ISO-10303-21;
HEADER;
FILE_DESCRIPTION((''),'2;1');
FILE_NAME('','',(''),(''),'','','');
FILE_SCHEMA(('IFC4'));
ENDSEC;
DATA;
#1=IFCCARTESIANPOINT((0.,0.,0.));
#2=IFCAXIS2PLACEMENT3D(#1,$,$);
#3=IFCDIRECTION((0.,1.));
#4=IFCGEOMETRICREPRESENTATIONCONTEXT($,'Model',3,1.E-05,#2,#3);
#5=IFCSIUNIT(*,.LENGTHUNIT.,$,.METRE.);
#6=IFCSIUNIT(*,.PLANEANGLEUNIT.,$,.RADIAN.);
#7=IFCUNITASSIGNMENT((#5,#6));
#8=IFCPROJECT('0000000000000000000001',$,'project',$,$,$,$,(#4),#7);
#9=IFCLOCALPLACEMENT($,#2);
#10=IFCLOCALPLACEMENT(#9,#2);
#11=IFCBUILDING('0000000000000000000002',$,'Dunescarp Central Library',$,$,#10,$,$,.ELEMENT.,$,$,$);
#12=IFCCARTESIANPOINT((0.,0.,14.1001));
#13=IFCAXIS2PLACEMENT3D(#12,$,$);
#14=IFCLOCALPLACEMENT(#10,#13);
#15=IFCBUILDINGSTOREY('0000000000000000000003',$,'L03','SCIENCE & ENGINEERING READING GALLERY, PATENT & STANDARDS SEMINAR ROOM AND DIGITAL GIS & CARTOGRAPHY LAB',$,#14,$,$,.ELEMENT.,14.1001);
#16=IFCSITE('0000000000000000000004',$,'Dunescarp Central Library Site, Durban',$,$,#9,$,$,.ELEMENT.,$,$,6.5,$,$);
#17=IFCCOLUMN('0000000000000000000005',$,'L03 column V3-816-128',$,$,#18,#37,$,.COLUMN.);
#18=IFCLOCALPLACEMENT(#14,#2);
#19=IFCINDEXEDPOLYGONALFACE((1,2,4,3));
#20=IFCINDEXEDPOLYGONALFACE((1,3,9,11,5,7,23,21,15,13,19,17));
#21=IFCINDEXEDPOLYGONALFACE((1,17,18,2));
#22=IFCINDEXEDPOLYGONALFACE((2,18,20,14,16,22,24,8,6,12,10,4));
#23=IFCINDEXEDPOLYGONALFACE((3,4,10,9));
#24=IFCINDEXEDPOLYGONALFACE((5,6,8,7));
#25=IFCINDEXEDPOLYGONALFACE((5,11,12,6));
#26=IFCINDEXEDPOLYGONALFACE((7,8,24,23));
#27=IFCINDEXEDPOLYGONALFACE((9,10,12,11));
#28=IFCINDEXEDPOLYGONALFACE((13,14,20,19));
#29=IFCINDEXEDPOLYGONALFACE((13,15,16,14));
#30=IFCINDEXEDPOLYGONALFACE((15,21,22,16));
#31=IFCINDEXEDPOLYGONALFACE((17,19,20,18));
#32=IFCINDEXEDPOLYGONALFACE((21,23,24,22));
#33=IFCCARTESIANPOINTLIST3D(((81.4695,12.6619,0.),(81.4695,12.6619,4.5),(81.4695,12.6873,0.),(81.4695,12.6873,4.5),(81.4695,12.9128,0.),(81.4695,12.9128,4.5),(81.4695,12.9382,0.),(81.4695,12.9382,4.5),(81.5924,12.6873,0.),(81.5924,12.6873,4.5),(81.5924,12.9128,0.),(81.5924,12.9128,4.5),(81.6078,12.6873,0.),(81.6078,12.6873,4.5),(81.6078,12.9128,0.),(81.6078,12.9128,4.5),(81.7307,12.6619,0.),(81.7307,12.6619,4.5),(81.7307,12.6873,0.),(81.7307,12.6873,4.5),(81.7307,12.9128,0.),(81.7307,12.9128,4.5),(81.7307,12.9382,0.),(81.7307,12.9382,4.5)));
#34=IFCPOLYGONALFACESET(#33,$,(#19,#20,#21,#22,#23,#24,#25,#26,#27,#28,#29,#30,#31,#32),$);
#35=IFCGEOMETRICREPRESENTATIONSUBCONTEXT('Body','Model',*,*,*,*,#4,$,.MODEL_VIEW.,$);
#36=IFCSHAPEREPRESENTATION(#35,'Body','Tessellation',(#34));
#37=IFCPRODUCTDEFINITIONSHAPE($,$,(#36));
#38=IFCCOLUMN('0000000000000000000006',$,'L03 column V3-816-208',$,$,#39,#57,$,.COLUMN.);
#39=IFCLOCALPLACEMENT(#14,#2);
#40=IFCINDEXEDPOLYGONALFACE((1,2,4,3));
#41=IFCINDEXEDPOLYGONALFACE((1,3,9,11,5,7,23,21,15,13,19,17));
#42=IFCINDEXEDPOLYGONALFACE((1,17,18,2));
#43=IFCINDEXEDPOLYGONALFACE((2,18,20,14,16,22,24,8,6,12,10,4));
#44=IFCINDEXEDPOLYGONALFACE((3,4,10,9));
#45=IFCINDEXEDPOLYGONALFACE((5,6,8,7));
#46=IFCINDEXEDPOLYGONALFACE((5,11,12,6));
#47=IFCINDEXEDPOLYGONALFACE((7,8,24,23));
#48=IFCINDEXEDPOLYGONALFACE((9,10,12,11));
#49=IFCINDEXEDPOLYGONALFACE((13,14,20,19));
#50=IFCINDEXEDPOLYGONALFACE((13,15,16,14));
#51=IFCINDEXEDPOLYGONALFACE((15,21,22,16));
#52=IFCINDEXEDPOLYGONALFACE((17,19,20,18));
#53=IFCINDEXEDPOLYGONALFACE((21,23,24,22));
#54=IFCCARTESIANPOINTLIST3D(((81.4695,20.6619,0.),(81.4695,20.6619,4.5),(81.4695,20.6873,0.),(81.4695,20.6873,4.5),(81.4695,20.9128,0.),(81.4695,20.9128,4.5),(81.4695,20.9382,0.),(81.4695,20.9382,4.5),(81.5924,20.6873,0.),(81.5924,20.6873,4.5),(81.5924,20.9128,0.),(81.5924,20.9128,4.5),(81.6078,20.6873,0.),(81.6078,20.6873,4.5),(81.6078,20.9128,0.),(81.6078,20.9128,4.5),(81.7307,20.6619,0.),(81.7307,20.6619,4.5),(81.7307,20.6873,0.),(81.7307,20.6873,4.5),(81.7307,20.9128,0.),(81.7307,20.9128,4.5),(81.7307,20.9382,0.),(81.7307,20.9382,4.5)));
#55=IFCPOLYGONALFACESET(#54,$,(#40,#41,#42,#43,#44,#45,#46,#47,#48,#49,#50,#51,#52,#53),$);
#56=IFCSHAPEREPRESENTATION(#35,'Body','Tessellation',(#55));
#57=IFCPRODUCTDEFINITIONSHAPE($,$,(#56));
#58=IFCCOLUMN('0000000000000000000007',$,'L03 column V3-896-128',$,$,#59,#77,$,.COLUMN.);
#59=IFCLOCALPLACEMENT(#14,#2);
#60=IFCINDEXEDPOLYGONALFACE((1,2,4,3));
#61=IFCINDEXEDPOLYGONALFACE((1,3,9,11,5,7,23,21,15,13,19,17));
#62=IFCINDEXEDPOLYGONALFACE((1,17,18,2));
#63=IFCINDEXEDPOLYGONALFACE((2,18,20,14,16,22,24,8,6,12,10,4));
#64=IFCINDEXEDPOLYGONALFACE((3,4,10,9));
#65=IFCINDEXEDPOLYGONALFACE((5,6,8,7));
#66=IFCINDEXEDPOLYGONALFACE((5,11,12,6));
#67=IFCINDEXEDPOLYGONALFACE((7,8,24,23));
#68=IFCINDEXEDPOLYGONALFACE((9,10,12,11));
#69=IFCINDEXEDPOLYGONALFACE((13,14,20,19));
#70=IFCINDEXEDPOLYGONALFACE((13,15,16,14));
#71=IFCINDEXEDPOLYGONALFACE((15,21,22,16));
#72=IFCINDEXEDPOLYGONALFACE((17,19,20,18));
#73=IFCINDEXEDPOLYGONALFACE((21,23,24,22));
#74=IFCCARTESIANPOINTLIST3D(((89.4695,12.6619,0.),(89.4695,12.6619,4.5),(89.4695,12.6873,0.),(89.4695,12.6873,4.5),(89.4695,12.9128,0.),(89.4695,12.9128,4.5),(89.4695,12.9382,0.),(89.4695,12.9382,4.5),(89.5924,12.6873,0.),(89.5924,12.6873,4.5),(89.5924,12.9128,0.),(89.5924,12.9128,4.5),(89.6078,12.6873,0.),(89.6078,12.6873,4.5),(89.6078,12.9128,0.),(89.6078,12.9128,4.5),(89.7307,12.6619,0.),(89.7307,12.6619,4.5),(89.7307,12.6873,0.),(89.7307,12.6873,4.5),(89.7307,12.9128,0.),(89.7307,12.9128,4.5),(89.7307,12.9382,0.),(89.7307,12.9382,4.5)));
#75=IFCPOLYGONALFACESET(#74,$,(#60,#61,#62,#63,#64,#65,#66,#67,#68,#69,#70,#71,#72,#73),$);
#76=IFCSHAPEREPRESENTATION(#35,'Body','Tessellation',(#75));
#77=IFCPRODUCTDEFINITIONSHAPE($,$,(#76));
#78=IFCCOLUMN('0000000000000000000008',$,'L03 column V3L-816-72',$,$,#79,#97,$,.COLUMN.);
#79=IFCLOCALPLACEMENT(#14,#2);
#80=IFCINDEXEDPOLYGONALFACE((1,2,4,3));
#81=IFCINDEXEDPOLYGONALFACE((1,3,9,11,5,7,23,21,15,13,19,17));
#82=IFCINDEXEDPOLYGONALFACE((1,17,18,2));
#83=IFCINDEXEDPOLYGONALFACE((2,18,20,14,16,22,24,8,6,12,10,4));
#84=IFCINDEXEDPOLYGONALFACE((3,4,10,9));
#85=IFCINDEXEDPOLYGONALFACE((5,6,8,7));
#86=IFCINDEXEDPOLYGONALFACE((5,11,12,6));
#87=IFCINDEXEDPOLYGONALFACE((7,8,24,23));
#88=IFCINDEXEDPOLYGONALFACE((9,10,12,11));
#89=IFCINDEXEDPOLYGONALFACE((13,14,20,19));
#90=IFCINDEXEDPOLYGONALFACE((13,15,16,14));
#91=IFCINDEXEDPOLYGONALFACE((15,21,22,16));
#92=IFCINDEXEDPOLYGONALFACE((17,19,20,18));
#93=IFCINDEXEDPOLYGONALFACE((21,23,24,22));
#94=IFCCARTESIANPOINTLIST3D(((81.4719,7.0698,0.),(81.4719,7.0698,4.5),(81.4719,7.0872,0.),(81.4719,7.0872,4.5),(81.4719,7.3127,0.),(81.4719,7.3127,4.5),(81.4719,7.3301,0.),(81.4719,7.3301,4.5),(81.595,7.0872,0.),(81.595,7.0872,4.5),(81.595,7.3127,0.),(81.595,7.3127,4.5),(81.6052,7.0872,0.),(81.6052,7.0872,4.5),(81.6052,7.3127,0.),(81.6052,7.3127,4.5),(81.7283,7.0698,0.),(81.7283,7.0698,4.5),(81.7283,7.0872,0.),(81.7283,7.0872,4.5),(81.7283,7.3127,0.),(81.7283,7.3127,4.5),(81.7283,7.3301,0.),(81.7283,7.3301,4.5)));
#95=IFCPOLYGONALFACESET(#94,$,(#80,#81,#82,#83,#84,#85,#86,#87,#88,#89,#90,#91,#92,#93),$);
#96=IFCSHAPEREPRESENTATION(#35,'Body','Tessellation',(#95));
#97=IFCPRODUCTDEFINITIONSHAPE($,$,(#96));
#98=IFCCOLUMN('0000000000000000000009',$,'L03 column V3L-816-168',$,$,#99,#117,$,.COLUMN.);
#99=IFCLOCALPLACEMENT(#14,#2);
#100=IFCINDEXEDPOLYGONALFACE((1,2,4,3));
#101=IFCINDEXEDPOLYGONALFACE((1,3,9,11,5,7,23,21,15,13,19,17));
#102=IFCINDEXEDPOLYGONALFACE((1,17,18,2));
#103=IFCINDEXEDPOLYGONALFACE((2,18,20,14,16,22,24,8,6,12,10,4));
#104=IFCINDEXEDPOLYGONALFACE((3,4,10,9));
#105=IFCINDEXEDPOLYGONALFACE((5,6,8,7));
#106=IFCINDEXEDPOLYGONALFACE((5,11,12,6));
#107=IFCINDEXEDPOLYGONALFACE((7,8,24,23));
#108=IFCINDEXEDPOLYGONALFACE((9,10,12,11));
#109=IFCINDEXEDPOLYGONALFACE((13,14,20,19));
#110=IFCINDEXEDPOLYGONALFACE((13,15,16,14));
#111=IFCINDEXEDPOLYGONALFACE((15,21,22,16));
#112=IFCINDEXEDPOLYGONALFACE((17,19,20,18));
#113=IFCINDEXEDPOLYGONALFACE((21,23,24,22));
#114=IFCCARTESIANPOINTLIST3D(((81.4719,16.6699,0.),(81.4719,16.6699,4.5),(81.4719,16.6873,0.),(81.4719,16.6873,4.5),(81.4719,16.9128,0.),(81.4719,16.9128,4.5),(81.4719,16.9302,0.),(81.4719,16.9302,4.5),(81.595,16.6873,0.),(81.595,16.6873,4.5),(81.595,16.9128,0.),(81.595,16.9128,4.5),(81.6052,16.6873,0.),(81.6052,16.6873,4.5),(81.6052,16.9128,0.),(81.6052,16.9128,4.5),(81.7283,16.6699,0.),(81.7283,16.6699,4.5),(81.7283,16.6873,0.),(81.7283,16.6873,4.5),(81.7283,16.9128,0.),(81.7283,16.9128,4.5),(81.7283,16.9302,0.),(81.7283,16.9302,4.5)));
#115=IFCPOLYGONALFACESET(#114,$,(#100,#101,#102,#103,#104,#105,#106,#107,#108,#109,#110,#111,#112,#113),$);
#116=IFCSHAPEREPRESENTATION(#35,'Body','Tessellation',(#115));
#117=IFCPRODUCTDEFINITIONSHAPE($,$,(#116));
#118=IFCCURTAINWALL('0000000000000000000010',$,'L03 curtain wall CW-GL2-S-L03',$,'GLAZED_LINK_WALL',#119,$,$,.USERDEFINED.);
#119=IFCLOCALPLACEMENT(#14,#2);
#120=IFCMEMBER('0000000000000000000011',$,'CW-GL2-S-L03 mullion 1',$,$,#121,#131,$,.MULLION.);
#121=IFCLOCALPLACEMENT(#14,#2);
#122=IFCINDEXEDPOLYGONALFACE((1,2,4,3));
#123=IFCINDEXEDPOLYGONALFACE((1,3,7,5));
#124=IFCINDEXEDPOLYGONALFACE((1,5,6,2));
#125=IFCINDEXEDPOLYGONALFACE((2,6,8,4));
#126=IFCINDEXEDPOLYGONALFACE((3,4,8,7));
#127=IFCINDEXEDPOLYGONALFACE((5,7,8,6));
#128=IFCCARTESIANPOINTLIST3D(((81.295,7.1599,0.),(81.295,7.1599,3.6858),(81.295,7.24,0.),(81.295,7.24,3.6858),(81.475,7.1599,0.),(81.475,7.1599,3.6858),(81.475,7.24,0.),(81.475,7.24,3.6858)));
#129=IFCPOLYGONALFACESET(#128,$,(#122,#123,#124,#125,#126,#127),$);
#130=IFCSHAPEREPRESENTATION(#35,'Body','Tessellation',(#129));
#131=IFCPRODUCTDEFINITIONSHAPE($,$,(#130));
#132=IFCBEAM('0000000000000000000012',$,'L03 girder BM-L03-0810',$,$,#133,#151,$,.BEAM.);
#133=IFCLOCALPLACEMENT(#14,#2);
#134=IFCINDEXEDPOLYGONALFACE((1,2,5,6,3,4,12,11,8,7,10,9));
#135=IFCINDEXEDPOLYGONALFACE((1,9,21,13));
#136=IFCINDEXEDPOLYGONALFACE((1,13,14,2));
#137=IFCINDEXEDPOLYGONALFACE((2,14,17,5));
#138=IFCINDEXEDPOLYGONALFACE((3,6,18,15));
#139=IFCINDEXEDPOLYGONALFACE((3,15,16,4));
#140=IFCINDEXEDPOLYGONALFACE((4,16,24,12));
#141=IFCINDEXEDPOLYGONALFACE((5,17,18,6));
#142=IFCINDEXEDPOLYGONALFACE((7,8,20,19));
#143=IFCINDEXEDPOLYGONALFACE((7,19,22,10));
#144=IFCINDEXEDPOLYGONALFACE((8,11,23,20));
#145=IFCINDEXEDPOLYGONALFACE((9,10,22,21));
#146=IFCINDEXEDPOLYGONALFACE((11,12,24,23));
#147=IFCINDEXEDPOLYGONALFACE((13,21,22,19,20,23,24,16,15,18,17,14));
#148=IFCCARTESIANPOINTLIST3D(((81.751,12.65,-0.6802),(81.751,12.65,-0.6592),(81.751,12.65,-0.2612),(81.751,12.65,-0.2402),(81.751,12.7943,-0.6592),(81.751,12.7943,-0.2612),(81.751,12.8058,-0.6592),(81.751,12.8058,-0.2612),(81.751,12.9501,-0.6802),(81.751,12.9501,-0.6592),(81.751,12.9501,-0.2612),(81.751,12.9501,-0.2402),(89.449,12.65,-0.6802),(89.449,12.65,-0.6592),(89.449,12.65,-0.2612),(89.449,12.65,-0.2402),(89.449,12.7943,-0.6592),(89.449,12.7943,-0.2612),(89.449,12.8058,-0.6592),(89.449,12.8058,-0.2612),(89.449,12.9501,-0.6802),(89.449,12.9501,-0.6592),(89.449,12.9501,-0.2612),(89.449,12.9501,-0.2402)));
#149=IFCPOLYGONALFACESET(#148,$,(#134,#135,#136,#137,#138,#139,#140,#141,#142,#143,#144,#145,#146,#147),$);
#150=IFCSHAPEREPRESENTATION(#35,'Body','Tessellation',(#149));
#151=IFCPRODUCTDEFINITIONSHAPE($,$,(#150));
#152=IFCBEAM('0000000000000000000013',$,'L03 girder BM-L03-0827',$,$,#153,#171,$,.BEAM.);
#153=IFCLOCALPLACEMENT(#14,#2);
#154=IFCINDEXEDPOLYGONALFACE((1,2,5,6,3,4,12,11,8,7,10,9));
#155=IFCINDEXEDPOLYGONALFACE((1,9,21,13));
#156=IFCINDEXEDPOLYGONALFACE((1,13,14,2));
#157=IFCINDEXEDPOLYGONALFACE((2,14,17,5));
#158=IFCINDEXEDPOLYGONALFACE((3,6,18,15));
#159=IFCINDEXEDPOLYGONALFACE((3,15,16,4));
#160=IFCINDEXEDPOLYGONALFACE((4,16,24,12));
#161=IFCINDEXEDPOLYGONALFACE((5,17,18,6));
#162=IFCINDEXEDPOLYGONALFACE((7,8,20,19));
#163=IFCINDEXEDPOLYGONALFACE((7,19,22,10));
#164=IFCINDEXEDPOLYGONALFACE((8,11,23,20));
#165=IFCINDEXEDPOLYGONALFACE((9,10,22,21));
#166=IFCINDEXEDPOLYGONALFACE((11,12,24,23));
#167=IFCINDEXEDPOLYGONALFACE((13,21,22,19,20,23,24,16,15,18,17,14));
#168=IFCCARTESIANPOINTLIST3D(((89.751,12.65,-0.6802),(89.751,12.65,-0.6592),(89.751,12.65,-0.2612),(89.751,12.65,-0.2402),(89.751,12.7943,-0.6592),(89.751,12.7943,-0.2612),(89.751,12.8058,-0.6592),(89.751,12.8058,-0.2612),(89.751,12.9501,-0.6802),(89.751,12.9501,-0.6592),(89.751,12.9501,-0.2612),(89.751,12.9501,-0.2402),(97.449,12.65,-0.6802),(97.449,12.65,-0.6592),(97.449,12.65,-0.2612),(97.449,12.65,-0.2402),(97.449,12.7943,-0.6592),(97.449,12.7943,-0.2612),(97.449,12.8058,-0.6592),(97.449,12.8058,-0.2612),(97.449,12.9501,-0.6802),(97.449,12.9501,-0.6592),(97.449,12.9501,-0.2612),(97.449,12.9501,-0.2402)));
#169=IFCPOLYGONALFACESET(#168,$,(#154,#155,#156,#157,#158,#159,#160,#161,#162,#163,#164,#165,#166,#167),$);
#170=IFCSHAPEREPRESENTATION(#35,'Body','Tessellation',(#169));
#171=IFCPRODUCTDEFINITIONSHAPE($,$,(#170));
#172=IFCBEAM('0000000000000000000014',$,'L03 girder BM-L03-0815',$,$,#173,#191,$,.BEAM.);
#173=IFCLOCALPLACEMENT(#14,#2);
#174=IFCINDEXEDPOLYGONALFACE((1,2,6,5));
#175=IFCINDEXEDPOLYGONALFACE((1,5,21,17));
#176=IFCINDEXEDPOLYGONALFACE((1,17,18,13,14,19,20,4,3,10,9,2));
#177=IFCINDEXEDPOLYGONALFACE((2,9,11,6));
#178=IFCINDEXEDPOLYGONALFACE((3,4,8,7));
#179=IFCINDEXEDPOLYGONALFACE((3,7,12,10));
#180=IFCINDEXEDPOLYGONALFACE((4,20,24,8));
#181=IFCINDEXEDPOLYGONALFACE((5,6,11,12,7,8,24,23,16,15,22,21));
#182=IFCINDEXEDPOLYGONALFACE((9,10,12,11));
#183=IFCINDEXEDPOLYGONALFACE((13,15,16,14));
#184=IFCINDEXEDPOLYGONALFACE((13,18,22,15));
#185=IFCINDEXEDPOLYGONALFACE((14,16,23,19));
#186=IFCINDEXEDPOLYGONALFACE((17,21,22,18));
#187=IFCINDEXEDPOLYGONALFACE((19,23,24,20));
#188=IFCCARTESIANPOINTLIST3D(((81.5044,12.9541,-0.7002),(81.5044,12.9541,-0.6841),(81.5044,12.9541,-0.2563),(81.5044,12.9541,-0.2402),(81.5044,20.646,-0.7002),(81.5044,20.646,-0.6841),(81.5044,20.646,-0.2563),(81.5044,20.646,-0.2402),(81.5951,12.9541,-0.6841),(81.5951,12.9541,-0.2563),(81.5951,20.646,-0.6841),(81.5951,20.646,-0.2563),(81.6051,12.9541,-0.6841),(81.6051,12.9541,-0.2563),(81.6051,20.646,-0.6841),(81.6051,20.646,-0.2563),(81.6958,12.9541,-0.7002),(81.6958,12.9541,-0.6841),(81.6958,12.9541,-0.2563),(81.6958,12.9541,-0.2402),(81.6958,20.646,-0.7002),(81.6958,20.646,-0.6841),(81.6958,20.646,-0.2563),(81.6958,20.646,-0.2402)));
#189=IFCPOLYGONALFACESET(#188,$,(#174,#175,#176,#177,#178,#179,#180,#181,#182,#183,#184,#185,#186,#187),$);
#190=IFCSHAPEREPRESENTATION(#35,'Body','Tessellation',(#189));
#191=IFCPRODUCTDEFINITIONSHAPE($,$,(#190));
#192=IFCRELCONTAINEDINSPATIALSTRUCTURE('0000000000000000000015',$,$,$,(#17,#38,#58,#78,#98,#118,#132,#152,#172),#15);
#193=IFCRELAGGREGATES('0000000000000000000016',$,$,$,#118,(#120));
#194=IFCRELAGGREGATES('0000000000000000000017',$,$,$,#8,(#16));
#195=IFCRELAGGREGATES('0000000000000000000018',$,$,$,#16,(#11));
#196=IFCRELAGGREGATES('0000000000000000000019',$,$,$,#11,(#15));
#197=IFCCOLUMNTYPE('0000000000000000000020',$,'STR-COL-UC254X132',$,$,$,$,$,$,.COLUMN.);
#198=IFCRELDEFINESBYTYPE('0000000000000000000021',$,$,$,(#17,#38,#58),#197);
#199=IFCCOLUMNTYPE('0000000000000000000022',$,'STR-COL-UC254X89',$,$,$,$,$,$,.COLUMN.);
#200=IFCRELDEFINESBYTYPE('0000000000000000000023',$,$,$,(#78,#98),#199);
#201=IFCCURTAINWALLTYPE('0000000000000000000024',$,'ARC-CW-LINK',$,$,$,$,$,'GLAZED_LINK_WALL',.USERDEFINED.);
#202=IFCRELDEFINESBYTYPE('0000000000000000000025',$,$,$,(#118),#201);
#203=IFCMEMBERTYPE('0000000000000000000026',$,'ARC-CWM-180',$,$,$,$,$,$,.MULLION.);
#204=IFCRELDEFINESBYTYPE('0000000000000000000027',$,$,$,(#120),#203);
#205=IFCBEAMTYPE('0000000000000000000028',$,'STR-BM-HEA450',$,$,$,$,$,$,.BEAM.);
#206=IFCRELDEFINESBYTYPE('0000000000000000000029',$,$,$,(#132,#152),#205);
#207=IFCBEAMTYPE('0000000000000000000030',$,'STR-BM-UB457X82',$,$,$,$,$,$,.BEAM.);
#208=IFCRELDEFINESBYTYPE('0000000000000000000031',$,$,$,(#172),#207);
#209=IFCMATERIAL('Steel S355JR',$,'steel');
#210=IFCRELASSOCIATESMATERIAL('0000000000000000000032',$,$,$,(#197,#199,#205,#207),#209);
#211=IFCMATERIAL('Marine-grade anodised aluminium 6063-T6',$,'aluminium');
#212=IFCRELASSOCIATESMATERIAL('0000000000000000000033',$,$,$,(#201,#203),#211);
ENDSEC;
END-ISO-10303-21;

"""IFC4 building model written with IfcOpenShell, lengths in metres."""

from ifc_helpers import new_model, si_unit, direction, frame, origin, origin_2d, place, context, subcontext, project, spatial, rectangle, i_section, extrude, material, material_profile, profile_set, type_object, element, aggregate, save


model = new_model("IFC4")

# Units and contexts
model_context = context("Model", 3, precision=1e-05, world=origin(), true_north=direction((0.0, 1.0)))
body_context = subcontext(model_context, "Body", "Model", "MODEL_VIEW")
ifc_project = project(units=[si_unit("LENGTHUNIT", "METRE"), si_unit("PLANEANGLEUNIT", "RADIAN")], contexts=[model_context])

# Site, building, storey
site_placement = place(None, origin())
site = spatial("IfcSite", under=ifc_project, at=site_placement, Name="Dunescarp Central Library Site, Durban", CompositionType="ELEMENT", RefElevation=6.5)
building_placement = place(site_placement, origin())
building = spatial("IfcBuilding", under=site, at=building_placement, Name="Dunescarp Central Library", CompositionType="ELEMENT")
storey_placement = place(building_placement, frame((0.0, 0.0, 14.1001)))
storey = spatial("IfcBuildingStorey", under=building, at=storey_placement, Name="L03", Description="SCIENCE & ENGINEERING READING GALLERY, PATENT & STANDARDS SEMINAR ROOM AND DIGITAL GIS & CARTOGRAPHY LAB", CompositionType="ELEMENT", Elevation=14.1001)

# Columns
ifc_material_1 = material(Name="Steel S355JR", Category="steel")
ifc_material_profile_1 = material_profile(ifc_material_1, i_section(OverallWidth=0.2612, OverallDepth=0.2764, WebThickness=0.0154, FlangeThickness=0.0254, at=origin_2d()), Name="UC 254x254x132")
ifc_profile_set_1 = profile_set([ifc_material_profile_1], Name="Steel S355JR")
column_type_1 = type_object("IfcColumnType", Name="STR-COL-UC254X132", PredefinedType="COLUMN", material=ifc_profile_set_1)
for number, where, z_axis, x_axis, name in (
    (1, (81.6001, 12.8, 0.0), (0.0, 0.0, 1.0), (1.0, 0.0, 0.0), "L03 column V3-816-128"),
    (2, (81.6001, 20.8, 0.0), (0.0, 0.0, 1.0), (1.0, 0.0, 0.0), "L03 column V3-816-208"),
    (3, (89.6001, 12.8, 0.0), (0.0, 0.0, 1.0), (1.0, 0.0, 0.0), "L03 column V3-896-128"),
):
    element("IfcColumn", number, at=place(storey_placement, frame(where, z_axis=z_axis, x_axis=x_axis)), inside=storey, type_object=column_type_1, Name=name, PredefinedType="COLUMN", context=body_context, shape_type="SweptSolid", body=[
        extrude(i_section(OverallWidth=0.2612, OverallDepth=0.2764, WebThickness=0.0154, FlangeThickness=0.0254, at=origin_2d()), origin(), (0.0, 0.0, 1.0), 4.5),
    ])
ifc_material_profile_2 = material_profile(ifc_material_1, i_section(OverallWidth=0.2563, OverallDepth=0.2603, WebThickness=0.0103, FlangeThickness=0.0173, at=origin_2d()), Name="UC 254x254x89")
ifc_profile_set_2 = profile_set([ifc_material_profile_2], Name="Steel S355JR")
column_type_2 = type_object("IfcColumnType", Name="STR-COL-UC254X89", PredefinedType="COLUMN", material=ifc_profile_set_2)
for number, where, z_axis, x_axis, name in (
    (4, (81.6001, 7.2, 0.0), (0.0, 0.0, 1.0), (1.0, 0.0, 0.0), "L03 column V3L-816-72"),
    (5, (81.6001, 16.8, 0.0), (0.0, 0.0, 1.0), (1.0, 0.0, 0.0), "L03 column V3L-816-168"),
):
    element("IfcColumn", number, at=place(storey_placement, frame(where, z_axis=z_axis, x_axis=x_axis)), inside=storey, type_object=column_type_2, Name=name, PredefinedType="COLUMN", context=body_context, shape_type="SweptSolid", body=[
        extrude(i_section(OverallWidth=0.2563, OverallDepth=0.2603, WebThickness=0.0103, FlangeThickness=0.0173, at=origin_2d()), origin(), (0.0, 0.0, 1.0), 4.5),
    ])

# Curtain wall, member
ifc_material_2 = material(Name="Marine-grade anodised aluminium 6063-T6", Category="aluminium")
curtain_wall_type = type_object("IfcCurtainWallType", Name="ARC-CW-LINK", ElementType="GLAZED_LINK_WALL", PredefinedType="USERDEFINED", material=ifc_material_2)
curtain_wall_placement = place(storey_placement, origin())
curtain_wall = element("IfcCurtainWall", 6, at=curtain_wall_placement, inside=storey, type_object=curtain_wall_type, Name="L03 curtain wall CW-GL2-S-L03", ObjectType="GLAZED_LINK_WALL", PredefinedType="USERDEFINED")
ifc_material_profile_3 = material_profile(ifc_material_2, rectangle(XDim=0.0801, YDim=0.1799, at=origin_2d()), Name="AL 80x180")
ifc_profile_set_3 = profile_set([ifc_material_profile_3], Name="Marine-grade anodised aluminium 6063-T6")
member_type_1 = type_object("IfcMemberType", Name="ARC-CWM-180", PredefinedType="MULLION", material=ifc_profile_set_3)
member_1_placement = place(storey_placement, frame((81.385, 7.2, 0.0), z_axis=(0.0, 0.0, 1.0), x_axis=(0.0, -1.0, 0.0)))
member_1 = element("IfcMember", 7, at=member_1_placement, type_object=member_type_1, Name="CW-GL2-S-L03 mullion 1", PredefinedType="MULLION", context=body_context, shape_type="SweptSolid", body=[
    extrude(rectangle(XDim=0.0801, YDim=0.1799, at=origin_2d()), origin(), (0.0, 0.0, 1.0), 3.6858),
])
aggregate(curtain_wall, [member_1])

# Beams
ifc_material_profile_4 = material_profile(ifc_material_1, i_section(OverallWidth=0.3, OverallDepth=0.4399, WebThickness=0.0115, FlangeThickness=0.021, at=origin_2d()), Name="HEA 450")
ifc_profile_set_4 = profile_set([ifc_material_profile_4], Name="Steel S355JR")
beam_type_1 = type_object("IfcBeamType", Name="STR-BM-HEA450", PredefinedType="BEAM", material=ifc_profile_set_4)
for number, where, z_axis, x_axis, name in (
    (8, (81.751, 12.8, -0.4602), (1.0, 0.0, 0.0), (0.0, 1.0, 0.0), "L03 girder BM-L03-0810"),
    (9, (89.751, 12.8, -0.4602), (1.0, 0.0, 0.0), (0.0, 1.0, 0.0), "L03 girder BM-L03-0827"),
):
    element("IfcBeam", number, at=place(storey_placement, frame(where, z_axis=z_axis, x_axis=x_axis)), inside=storey, type_object=beam_type_1, Name=name, PredefinedType="BEAM", context=body_context, shape_type="SweptSolid", body=[
        extrude(i_section(OverallWidth=0.3, OverallDepth=0.4399, WebThickness=0.0115, FlangeThickness=0.021, at=origin_2d()), origin(), (0.0, 0.0, 1.0), 7.698),
    ])
ifc_material_profile_5 = material_profile(ifc_material_1, i_section(OverallWidth=0.1914, OverallDepth=0.46, WebThickness=0.01, FlangeThickness=0.0161, at=origin_2d()), Name="UB 457x191x82")
ifc_profile_set_5 = profile_set([ifc_material_profile_5], Name="Steel S355JR")
beam_type_2 = type_object("IfcBeamType", Name="STR-BM-UB457X82", PredefinedType="BEAM", material=ifc_profile_set_5)
for number, where, z_axis, x_axis, name in (
    (10, (81.6001, 12.9541, -0.4702), (0.0, 1.0, 0.0), (-1.0, 0.0, 0.0), "L03 girder BM-L03-0815"),
):
    element("IfcBeam", number, at=place(storey_placement, frame(where, z_axis=z_axis, x_axis=x_axis)), inside=storey, type_object=beam_type_2, Name=name, PredefinedType="BEAM", context=body_context, shape_type="SweptSolid", body=[
        extrude(i_section(OverallWidth=0.1914, OverallDepth=0.46, WebThickness=0.01, FlangeThickness=0.0161, at=origin_2d()), origin(), (0.0, 0.0, 1.0), 7.6919),
    ])

save(model, "model.ifc")
